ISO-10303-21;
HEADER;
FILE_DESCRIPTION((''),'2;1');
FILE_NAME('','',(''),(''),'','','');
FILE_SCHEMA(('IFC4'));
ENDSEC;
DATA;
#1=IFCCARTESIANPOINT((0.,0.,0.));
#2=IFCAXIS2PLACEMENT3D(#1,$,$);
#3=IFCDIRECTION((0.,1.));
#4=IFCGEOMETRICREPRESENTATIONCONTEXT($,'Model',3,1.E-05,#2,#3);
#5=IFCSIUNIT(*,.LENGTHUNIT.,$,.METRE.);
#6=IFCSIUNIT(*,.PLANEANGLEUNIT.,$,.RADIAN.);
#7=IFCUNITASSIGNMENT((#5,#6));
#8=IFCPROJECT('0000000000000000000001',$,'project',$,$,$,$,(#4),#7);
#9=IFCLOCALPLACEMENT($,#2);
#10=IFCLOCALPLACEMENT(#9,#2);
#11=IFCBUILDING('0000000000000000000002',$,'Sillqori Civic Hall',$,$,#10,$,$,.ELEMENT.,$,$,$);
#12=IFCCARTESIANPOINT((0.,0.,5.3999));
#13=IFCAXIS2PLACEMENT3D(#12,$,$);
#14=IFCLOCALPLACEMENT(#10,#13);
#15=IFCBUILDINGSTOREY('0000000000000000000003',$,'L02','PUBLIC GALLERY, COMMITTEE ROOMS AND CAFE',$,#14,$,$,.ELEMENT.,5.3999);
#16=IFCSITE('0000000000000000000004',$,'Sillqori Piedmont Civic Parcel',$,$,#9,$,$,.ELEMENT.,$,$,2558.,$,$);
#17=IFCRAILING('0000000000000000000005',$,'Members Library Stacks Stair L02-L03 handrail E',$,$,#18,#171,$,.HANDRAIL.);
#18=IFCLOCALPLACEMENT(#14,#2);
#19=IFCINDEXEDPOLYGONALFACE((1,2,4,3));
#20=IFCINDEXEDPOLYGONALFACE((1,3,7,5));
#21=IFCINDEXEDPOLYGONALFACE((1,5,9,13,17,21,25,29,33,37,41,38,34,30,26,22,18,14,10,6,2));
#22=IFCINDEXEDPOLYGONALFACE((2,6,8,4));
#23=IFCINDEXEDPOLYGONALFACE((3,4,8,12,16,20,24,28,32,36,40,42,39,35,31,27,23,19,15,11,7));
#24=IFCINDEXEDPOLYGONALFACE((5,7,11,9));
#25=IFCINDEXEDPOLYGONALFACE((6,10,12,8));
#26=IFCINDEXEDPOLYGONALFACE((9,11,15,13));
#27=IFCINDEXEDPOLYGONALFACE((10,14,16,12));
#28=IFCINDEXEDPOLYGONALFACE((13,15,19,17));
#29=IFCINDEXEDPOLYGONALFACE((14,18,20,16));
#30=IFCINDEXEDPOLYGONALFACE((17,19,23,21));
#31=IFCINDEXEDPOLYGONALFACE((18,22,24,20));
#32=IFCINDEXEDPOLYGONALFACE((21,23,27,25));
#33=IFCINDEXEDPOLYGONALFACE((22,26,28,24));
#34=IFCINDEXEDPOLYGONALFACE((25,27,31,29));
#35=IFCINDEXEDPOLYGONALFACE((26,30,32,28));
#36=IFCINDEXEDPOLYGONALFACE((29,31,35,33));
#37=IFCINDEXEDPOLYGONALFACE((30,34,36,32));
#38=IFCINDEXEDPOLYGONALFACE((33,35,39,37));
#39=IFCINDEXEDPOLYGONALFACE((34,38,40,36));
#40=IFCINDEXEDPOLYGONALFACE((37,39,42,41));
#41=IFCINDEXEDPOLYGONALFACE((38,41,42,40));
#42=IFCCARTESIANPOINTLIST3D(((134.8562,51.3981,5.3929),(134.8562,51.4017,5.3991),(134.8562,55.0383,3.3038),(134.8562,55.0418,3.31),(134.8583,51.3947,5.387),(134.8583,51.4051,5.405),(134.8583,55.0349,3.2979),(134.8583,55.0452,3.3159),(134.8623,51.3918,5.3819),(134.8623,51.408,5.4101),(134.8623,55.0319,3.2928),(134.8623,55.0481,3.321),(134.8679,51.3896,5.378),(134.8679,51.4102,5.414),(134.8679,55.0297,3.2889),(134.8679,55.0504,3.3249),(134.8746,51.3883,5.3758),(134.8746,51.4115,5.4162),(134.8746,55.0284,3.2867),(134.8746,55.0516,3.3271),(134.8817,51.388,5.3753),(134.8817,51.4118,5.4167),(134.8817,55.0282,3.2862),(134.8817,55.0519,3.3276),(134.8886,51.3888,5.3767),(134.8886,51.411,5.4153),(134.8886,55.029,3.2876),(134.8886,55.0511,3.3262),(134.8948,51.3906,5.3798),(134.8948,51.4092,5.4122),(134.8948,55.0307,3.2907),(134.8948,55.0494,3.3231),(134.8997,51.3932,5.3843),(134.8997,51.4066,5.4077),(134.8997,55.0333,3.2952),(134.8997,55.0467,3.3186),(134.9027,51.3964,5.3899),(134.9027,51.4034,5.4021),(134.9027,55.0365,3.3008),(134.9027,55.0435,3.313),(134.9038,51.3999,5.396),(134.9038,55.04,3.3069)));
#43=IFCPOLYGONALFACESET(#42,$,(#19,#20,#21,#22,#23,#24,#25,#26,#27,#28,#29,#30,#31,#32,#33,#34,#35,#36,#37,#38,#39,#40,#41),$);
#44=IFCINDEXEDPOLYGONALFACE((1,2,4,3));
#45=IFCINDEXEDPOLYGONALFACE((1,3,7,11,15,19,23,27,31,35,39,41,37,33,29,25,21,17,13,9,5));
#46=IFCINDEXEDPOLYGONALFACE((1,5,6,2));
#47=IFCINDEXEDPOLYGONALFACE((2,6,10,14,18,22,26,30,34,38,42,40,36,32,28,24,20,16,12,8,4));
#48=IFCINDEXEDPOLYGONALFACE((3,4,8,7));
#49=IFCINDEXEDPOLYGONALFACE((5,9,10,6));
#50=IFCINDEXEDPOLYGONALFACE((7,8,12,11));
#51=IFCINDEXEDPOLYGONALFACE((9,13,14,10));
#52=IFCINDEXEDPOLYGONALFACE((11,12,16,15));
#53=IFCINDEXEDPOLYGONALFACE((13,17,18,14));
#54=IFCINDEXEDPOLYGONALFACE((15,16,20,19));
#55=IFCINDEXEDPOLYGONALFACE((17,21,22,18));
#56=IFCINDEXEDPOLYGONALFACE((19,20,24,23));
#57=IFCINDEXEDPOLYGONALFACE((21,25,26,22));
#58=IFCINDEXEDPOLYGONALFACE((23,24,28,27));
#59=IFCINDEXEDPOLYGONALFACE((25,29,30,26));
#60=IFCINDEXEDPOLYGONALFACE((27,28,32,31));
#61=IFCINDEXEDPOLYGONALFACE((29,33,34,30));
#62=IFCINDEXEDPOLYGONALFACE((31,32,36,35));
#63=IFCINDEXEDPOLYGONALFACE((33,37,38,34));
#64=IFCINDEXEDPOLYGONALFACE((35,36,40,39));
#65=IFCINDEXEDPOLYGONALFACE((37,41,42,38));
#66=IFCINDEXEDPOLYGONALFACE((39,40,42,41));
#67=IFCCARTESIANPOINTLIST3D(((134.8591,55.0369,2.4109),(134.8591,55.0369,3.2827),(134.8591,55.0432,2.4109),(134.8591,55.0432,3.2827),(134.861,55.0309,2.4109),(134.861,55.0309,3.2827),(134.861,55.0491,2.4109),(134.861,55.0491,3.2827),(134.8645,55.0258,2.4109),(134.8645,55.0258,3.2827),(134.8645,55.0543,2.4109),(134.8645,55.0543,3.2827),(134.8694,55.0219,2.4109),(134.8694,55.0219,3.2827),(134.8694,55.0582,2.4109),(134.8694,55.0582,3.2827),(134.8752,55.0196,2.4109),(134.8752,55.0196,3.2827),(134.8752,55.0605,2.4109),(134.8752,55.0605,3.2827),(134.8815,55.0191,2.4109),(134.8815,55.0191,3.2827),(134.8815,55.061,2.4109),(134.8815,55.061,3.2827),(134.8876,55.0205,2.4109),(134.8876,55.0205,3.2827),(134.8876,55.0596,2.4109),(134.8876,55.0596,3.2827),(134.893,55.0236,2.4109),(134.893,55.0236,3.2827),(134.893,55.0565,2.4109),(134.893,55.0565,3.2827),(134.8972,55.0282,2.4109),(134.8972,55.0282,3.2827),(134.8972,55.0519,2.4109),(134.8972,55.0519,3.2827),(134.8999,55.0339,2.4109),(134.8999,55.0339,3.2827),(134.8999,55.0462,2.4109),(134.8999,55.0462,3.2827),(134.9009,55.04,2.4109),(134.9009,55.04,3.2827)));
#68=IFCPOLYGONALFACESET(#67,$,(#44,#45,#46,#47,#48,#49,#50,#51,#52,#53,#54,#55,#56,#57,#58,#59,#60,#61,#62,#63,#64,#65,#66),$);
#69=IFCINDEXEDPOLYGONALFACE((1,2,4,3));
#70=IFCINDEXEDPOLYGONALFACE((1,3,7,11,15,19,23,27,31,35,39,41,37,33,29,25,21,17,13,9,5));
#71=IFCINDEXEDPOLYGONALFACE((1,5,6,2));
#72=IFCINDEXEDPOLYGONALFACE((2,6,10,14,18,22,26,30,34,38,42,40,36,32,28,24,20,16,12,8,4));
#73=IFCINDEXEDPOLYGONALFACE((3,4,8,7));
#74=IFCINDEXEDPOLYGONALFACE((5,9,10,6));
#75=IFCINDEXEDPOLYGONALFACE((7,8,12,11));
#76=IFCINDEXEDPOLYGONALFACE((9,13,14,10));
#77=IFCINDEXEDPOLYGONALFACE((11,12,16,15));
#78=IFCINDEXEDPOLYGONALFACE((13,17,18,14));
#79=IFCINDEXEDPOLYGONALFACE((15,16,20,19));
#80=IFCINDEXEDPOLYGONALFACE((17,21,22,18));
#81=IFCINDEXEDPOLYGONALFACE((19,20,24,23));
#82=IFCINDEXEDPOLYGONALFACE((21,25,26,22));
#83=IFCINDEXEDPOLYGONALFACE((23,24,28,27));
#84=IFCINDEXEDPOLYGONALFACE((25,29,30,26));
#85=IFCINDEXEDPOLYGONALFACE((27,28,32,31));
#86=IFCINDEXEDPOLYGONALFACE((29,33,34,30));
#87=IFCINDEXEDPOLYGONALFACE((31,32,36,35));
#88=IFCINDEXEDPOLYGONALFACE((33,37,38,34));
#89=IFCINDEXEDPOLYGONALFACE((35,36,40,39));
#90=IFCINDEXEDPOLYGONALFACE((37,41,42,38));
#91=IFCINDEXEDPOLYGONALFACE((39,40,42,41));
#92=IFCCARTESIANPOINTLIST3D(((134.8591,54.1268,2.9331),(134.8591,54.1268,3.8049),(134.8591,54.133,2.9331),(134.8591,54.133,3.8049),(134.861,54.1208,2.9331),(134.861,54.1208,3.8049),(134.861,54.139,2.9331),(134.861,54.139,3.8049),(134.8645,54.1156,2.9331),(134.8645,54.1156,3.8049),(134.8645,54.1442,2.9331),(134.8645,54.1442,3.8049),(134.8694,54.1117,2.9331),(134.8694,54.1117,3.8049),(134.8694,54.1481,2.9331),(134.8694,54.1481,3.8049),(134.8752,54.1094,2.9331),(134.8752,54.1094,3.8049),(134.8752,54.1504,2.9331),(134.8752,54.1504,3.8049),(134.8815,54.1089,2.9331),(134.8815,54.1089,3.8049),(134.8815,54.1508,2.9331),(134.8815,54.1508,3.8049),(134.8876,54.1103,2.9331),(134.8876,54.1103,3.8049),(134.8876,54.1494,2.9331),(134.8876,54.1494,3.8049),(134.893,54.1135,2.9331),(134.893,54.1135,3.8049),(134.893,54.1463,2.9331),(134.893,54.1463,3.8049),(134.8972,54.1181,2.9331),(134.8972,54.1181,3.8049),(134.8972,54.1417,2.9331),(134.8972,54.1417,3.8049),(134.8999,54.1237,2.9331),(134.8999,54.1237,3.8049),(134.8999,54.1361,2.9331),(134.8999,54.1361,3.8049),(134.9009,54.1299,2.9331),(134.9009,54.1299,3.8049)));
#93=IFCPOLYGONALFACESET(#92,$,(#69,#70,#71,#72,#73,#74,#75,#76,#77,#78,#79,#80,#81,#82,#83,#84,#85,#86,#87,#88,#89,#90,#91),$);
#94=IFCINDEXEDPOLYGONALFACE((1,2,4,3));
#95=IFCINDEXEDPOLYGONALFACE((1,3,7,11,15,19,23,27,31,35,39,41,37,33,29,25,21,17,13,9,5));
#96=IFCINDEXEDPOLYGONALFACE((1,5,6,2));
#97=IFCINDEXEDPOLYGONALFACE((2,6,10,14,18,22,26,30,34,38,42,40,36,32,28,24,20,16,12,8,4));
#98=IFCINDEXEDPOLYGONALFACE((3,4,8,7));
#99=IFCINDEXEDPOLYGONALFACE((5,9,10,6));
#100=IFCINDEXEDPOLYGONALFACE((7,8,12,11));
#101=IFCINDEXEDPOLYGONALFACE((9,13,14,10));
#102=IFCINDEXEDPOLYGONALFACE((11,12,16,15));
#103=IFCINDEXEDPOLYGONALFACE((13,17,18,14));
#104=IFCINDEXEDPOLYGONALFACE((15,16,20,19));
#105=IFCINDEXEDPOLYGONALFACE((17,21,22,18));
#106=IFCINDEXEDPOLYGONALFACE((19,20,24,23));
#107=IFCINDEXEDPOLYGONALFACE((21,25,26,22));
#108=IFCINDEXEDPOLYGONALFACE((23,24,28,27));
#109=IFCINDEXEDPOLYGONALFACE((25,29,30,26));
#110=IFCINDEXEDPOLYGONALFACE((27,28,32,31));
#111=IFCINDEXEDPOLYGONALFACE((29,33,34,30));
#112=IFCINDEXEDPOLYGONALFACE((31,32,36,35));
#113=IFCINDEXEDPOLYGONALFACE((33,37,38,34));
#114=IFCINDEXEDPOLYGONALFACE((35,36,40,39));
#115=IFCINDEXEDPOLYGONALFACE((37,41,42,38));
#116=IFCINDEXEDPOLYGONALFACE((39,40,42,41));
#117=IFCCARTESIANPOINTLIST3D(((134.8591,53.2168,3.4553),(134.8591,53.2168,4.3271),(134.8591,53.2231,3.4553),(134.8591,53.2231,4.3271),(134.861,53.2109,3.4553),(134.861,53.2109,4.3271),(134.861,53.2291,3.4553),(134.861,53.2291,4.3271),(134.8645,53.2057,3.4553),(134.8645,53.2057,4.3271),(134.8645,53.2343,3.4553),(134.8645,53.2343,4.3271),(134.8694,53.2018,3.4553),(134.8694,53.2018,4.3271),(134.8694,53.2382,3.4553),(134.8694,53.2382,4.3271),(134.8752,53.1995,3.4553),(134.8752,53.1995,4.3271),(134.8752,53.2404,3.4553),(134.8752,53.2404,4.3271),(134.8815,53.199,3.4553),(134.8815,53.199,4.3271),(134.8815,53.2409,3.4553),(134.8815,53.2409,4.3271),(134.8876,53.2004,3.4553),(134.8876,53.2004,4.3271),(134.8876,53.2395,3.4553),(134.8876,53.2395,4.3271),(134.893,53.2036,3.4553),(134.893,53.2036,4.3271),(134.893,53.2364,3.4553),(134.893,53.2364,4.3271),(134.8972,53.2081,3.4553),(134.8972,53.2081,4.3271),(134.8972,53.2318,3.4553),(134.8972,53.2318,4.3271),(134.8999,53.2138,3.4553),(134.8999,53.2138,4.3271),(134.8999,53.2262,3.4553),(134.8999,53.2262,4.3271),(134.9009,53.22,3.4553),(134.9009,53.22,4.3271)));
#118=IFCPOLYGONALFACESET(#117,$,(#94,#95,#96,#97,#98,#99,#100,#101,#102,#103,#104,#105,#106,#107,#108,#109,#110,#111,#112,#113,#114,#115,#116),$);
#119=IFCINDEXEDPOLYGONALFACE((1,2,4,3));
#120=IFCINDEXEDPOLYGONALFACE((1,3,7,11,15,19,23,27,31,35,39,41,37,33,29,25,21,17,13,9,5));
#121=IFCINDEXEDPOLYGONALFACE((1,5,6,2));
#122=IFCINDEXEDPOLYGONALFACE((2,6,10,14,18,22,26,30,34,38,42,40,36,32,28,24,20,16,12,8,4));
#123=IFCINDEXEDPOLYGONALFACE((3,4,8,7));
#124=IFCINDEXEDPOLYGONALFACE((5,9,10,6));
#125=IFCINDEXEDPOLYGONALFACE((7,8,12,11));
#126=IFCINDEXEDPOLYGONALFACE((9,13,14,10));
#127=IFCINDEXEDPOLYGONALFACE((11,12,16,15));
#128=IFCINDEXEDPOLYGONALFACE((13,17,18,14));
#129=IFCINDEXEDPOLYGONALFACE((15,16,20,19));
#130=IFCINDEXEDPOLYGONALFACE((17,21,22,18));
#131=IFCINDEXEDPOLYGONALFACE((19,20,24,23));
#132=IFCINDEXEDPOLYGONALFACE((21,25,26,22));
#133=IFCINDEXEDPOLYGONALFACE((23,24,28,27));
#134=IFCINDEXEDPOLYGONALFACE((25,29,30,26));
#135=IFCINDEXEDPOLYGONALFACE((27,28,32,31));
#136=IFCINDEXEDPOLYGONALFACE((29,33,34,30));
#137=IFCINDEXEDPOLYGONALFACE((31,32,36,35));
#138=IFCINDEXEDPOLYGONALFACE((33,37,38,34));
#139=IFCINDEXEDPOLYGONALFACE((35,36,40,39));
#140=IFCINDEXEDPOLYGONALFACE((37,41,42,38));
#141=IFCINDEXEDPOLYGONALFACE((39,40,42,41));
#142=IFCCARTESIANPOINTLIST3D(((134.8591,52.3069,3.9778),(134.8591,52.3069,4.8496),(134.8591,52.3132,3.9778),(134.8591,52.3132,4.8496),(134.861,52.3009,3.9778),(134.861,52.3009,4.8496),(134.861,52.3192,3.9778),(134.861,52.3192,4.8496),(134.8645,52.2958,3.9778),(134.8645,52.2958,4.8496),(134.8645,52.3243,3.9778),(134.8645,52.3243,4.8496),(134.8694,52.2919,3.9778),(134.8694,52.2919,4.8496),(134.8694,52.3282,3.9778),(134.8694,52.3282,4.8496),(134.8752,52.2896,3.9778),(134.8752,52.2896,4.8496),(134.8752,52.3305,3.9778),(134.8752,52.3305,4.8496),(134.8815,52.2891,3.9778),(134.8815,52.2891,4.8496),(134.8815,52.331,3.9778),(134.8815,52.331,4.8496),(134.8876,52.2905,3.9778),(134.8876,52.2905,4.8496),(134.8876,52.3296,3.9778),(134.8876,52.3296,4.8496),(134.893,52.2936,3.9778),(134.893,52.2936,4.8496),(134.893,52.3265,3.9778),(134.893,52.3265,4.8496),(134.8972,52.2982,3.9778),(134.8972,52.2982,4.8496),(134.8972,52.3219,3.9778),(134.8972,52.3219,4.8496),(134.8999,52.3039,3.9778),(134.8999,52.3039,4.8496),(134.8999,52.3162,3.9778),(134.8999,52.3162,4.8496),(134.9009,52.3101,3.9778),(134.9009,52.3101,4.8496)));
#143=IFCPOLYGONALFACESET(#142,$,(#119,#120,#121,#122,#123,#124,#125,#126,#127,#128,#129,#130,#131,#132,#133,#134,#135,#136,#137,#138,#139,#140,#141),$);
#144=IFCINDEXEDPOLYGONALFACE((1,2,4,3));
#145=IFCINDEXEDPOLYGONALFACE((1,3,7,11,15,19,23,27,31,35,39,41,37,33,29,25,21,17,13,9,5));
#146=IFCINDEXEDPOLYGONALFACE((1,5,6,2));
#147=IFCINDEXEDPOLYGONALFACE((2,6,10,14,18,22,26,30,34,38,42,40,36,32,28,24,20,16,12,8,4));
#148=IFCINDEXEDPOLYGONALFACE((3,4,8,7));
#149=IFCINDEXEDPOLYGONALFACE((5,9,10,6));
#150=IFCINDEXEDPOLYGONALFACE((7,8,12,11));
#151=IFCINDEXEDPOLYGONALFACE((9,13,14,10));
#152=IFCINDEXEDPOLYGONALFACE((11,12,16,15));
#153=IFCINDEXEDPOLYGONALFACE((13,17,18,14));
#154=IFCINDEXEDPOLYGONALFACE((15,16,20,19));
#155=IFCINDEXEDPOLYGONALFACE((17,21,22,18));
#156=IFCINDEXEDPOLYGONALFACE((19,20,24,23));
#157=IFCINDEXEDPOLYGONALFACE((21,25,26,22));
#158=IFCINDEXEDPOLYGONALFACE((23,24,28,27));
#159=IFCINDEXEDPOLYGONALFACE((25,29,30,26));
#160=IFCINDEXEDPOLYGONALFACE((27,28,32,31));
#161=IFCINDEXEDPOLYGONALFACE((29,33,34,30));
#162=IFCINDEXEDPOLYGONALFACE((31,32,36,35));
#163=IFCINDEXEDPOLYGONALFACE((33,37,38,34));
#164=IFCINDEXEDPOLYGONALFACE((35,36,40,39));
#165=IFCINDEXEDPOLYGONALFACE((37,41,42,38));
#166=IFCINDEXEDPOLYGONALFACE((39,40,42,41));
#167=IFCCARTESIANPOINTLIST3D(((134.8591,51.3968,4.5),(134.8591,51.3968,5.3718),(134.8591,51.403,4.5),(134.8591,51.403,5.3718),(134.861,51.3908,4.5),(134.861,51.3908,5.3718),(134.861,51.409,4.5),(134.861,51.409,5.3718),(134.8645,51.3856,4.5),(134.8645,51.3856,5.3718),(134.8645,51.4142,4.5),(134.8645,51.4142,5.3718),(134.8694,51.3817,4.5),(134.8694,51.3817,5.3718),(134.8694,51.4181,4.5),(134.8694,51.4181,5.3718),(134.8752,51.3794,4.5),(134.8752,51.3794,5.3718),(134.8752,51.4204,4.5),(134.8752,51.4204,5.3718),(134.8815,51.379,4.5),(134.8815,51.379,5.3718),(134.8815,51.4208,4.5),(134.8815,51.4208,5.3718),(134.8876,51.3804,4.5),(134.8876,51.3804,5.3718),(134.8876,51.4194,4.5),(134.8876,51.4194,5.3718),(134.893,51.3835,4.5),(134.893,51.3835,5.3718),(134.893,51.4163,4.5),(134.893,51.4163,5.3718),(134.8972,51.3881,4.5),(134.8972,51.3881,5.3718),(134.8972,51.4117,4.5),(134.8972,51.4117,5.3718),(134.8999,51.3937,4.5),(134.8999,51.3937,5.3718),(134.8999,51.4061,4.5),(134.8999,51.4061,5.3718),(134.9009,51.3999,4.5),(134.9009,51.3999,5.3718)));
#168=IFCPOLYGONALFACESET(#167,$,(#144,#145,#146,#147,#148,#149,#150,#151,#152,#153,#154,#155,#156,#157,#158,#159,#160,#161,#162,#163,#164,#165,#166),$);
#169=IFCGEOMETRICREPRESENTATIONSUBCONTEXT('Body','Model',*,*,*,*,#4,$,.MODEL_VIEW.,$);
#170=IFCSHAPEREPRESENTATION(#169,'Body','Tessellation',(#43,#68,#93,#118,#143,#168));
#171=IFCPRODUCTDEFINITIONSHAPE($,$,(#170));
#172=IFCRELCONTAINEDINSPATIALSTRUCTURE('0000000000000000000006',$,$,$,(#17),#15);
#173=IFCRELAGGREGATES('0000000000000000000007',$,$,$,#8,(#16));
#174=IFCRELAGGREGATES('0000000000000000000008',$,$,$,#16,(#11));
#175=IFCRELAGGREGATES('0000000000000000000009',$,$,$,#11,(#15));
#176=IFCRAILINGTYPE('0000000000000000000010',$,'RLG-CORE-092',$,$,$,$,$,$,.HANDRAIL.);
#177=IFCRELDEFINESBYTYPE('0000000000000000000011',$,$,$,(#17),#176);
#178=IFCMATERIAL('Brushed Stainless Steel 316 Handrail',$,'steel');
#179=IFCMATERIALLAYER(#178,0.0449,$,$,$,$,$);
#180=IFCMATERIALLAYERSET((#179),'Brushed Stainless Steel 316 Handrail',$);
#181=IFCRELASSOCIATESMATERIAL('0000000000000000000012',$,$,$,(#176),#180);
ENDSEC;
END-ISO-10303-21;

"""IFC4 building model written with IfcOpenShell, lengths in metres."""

from ifc_helpers import new_model, si_unit, direction, frame, origin, origin_2d, place, context, subcontext, project, spatial, circle, extrude, material, layer, layer_set, type_object, element, save


model = new_model("IFC4")

# Units and contexts
model_context = context("Model", 3, precision=1e-05, world=origin(), true_north=direction((0.0, 1.0)))
body_context = subcontext(model_context, "Body", "Model", "MODEL_VIEW")
ifc_project = project(units=[si_unit("LENGTHUNIT", "METRE"), si_unit("PLANEANGLEUNIT", "RADIAN")], contexts=[model_context])

# Site, building, storey
site_placement = place(None, origin())
site = spatial("IfcSite", under=ifc_project, at=site_placement, Name="Sillqori Piedmont Civic Parcel", CompositionType="ELEMENT", RefElevation=2558.0)
building_placement = place(site_placement, origin())
building = spatial("IfcBuilding", under=site, at=building_placement, Name="Sillqori Civic Hall", CompositionType="ELEMENT")
storey_placement = place(building_placement, frame((0.0, 0.0, 5.3999)))
storey = spatial("IfcBuildingStorey", under=building, at=storey_placement, Name="L02", Description="PUBLIC GALLERY, COMMITTEE ROOMS AND CAFE", CompositionType="ELEMENT", Elevation=5.3999)

# Railing
ifc_material_1 = material(Name="Brushed Stainless Steel 316 Handrail", Category="steel")
ifc_layer_1 = layer(ifc_material_1, 0.0449)
ifc_layer_set_1 = layer_set([ifc_layer_1], Name="Brushed Stainless Steel 316 Handrail")
railing_type = type_object("IfcRailingType", Name="RLG-CORE-092", PredefinedType="HANDRAIL", material=ifc_layer_set_1)
railing_placement = place(storey_placement, frame((134.8799, 55.04, 2.4109)))
element("IfcRailing", 1, at=railing_placement, inside=storey, type_object=railing_type, Name="Members Library Stacks Stair L02-L03 handrail E", PredefinedType="HANDRAIL", context=body_context, shape_type="SweptSolid", body=[
    extrude(circle(Radius=0.0239, at=origin_2d()), frame((0.0, 0.0, 0.896), z_axis=(0.0, -0.867314, 0.497761), x_axis=(1.0, 0.0, 0.0)), (0.0, 0.0, 1.0), 4.197),
    extrude(circle(Radius=0.021, at=origin_2d()), origin(), (0.0, 0.0, 1.0), 0.8718),
    extrude(circle(Radius=0.021, at=origin_2d()), frame((0.0, -0.9102, 0.5222)), (0.0, 0.0, 1.0), 0.8718),
    extrude(circle(Radius=0.021, at=origin_2d()), frame((0.0, -1.8201, 1.0444)), (0.0, 0.0, 1.0), 0.8718),
    extrude(circle(Radius=0.021, at=origin_2d()), frame((0.0, -2.73, 1.5669)), (0.0, 0.0, 1.0), 0.8718),
    extrude(circle(Radius=0.021, at=origin_2d()), frame((0.0, -3.6401, 2.0891)), (0.0, 0.0, 1.0), 0.8718),
])

save(model, "model.ifc")
